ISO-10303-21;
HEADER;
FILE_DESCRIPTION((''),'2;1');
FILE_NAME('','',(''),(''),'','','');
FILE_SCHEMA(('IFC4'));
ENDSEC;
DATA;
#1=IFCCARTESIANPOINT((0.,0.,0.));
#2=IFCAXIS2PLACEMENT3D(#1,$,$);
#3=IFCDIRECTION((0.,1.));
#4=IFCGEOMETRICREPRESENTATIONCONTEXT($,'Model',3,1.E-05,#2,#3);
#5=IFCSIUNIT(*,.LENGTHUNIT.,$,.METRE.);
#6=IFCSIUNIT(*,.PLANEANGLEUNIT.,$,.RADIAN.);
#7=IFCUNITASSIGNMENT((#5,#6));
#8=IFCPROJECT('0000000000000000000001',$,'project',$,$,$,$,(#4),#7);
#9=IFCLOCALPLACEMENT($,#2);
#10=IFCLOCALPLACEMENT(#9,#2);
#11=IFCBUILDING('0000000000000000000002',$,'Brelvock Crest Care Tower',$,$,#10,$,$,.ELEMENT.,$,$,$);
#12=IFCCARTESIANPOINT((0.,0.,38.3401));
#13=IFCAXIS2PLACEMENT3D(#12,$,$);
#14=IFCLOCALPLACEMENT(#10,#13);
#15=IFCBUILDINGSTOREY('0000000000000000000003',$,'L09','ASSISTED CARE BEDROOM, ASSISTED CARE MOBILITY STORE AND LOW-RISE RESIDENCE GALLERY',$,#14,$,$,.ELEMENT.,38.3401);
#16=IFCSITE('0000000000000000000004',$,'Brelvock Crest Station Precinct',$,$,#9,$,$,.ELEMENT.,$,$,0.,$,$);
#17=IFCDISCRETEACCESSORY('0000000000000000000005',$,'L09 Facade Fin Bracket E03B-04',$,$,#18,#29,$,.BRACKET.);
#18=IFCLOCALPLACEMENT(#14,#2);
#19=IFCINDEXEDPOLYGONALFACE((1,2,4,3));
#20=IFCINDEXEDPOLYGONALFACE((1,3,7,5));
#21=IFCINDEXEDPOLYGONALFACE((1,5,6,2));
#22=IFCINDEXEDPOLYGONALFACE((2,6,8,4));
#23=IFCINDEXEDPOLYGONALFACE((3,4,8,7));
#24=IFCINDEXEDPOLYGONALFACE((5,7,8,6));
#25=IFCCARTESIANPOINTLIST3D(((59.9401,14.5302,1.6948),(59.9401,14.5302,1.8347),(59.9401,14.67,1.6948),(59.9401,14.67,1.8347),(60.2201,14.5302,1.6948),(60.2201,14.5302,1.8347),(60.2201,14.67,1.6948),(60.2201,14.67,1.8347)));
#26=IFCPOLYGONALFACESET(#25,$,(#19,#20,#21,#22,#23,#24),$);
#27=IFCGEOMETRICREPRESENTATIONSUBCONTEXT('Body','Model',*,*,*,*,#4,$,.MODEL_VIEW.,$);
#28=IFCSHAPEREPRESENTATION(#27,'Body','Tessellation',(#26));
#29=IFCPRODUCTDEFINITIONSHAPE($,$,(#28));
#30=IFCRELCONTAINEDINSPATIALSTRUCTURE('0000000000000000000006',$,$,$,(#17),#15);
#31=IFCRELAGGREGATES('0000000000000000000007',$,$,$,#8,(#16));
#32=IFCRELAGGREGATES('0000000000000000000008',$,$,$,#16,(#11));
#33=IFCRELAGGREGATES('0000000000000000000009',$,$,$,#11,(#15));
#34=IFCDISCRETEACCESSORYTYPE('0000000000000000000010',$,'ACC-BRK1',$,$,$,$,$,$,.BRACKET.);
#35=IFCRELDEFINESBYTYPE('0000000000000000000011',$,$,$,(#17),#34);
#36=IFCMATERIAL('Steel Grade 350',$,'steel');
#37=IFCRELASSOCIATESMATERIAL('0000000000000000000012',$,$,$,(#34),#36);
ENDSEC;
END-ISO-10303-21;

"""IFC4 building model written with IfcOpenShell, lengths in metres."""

from ifc_helpers import new_model, si_unit, direction, frame, origin, origin_2d, place, context, subcontext, project, spatial, rectangle, extrude, source, transform, mapped, material, type_object, element, save


model = new_model("IFC4")

# Units and contexts
model_context = context("Model", 3, precision=1e-05, world=origin(), true_north=direction((0.0, 1.0)))
body_context = subcontext(model_context, "Body", "Model", "MODEL_VIEW")
ifc_project = project(units=[si_unit("LENGTHUNIT", "METRE"), si_unit("PLANEANGLEUNIT", "RADIAN")], contexts=[model_context])

# Site, building, storey
site_placement = place(None, origin())
site = spatial("IfcSite", under=ifc_project, at=site_placement, Name="Brelvock Crest Station Precinct", CompositionType="ELEMENT", RefElevation=0.0)
building_placement = place(site_placement, origin())
building = spatial("IfcBuilding", under=site, at=building_placement, Name="Brelvock Crest Care Tower", CompositionType="ELEMENT")
storey_placement = place(building_placement, frame((0.0, 0.0, 38.3401)))
storey = spatial("IfcBuildingStorey", under=building, at=storey_placement, Name="L09", Description="ASSISTED CARE BEDROOM, ASSISTED CARE MOBILITY STORE AND LOW-RISE RESIDENCE GALLERY", CompositionType="ELEMENT", Elevation=38.3401)

# Shared definitions
ifc_material_1 = material(Name="Steel Grade 350", Category="steel")

# Discrete accessory
discrete_accessory_type = type_object("IfcDiscreteAccessoryType", Name="ACC-BRK1", PredefinedType="BRACKET", material=ifc_material_1)
shared_shape_1 = source(origin(), body_context, "Body", "SweptSolid", [
    extrude(rectangle(XDim=0.28, YDim=0.1399, at=origin_2d()), origin(), (0.0, 0.0, 1.0), 0.1399),
])
discrete_accessory_placement = place(storey_placement, frame((60.0801, 14.6001, 1.6948), z_axis=(0.0, 0.0, 1.0), x_axis=(1.0, 0.0, 0.0)))
element("IfcDiscreteAccessory", 1, at=discrete_accessory_placement, inside=storey, type_object=discrete_accessory_type, Name="L09 Facade Fin Bracket E03B-04", PredefinedType="BRACKET", context=body_context, shape_type="MappedRepresentation", body=[
    mapped(shared_shape_1, transform((0.0, 0.0, 0.0), x_axis=(1.0, 0.0, 0.0), y_axis=(0.0, 1.0, 0.0), z_axis=(0.0, 0.0, 1.0), scale=1.0)),
])

save(model, "model.ifc")
